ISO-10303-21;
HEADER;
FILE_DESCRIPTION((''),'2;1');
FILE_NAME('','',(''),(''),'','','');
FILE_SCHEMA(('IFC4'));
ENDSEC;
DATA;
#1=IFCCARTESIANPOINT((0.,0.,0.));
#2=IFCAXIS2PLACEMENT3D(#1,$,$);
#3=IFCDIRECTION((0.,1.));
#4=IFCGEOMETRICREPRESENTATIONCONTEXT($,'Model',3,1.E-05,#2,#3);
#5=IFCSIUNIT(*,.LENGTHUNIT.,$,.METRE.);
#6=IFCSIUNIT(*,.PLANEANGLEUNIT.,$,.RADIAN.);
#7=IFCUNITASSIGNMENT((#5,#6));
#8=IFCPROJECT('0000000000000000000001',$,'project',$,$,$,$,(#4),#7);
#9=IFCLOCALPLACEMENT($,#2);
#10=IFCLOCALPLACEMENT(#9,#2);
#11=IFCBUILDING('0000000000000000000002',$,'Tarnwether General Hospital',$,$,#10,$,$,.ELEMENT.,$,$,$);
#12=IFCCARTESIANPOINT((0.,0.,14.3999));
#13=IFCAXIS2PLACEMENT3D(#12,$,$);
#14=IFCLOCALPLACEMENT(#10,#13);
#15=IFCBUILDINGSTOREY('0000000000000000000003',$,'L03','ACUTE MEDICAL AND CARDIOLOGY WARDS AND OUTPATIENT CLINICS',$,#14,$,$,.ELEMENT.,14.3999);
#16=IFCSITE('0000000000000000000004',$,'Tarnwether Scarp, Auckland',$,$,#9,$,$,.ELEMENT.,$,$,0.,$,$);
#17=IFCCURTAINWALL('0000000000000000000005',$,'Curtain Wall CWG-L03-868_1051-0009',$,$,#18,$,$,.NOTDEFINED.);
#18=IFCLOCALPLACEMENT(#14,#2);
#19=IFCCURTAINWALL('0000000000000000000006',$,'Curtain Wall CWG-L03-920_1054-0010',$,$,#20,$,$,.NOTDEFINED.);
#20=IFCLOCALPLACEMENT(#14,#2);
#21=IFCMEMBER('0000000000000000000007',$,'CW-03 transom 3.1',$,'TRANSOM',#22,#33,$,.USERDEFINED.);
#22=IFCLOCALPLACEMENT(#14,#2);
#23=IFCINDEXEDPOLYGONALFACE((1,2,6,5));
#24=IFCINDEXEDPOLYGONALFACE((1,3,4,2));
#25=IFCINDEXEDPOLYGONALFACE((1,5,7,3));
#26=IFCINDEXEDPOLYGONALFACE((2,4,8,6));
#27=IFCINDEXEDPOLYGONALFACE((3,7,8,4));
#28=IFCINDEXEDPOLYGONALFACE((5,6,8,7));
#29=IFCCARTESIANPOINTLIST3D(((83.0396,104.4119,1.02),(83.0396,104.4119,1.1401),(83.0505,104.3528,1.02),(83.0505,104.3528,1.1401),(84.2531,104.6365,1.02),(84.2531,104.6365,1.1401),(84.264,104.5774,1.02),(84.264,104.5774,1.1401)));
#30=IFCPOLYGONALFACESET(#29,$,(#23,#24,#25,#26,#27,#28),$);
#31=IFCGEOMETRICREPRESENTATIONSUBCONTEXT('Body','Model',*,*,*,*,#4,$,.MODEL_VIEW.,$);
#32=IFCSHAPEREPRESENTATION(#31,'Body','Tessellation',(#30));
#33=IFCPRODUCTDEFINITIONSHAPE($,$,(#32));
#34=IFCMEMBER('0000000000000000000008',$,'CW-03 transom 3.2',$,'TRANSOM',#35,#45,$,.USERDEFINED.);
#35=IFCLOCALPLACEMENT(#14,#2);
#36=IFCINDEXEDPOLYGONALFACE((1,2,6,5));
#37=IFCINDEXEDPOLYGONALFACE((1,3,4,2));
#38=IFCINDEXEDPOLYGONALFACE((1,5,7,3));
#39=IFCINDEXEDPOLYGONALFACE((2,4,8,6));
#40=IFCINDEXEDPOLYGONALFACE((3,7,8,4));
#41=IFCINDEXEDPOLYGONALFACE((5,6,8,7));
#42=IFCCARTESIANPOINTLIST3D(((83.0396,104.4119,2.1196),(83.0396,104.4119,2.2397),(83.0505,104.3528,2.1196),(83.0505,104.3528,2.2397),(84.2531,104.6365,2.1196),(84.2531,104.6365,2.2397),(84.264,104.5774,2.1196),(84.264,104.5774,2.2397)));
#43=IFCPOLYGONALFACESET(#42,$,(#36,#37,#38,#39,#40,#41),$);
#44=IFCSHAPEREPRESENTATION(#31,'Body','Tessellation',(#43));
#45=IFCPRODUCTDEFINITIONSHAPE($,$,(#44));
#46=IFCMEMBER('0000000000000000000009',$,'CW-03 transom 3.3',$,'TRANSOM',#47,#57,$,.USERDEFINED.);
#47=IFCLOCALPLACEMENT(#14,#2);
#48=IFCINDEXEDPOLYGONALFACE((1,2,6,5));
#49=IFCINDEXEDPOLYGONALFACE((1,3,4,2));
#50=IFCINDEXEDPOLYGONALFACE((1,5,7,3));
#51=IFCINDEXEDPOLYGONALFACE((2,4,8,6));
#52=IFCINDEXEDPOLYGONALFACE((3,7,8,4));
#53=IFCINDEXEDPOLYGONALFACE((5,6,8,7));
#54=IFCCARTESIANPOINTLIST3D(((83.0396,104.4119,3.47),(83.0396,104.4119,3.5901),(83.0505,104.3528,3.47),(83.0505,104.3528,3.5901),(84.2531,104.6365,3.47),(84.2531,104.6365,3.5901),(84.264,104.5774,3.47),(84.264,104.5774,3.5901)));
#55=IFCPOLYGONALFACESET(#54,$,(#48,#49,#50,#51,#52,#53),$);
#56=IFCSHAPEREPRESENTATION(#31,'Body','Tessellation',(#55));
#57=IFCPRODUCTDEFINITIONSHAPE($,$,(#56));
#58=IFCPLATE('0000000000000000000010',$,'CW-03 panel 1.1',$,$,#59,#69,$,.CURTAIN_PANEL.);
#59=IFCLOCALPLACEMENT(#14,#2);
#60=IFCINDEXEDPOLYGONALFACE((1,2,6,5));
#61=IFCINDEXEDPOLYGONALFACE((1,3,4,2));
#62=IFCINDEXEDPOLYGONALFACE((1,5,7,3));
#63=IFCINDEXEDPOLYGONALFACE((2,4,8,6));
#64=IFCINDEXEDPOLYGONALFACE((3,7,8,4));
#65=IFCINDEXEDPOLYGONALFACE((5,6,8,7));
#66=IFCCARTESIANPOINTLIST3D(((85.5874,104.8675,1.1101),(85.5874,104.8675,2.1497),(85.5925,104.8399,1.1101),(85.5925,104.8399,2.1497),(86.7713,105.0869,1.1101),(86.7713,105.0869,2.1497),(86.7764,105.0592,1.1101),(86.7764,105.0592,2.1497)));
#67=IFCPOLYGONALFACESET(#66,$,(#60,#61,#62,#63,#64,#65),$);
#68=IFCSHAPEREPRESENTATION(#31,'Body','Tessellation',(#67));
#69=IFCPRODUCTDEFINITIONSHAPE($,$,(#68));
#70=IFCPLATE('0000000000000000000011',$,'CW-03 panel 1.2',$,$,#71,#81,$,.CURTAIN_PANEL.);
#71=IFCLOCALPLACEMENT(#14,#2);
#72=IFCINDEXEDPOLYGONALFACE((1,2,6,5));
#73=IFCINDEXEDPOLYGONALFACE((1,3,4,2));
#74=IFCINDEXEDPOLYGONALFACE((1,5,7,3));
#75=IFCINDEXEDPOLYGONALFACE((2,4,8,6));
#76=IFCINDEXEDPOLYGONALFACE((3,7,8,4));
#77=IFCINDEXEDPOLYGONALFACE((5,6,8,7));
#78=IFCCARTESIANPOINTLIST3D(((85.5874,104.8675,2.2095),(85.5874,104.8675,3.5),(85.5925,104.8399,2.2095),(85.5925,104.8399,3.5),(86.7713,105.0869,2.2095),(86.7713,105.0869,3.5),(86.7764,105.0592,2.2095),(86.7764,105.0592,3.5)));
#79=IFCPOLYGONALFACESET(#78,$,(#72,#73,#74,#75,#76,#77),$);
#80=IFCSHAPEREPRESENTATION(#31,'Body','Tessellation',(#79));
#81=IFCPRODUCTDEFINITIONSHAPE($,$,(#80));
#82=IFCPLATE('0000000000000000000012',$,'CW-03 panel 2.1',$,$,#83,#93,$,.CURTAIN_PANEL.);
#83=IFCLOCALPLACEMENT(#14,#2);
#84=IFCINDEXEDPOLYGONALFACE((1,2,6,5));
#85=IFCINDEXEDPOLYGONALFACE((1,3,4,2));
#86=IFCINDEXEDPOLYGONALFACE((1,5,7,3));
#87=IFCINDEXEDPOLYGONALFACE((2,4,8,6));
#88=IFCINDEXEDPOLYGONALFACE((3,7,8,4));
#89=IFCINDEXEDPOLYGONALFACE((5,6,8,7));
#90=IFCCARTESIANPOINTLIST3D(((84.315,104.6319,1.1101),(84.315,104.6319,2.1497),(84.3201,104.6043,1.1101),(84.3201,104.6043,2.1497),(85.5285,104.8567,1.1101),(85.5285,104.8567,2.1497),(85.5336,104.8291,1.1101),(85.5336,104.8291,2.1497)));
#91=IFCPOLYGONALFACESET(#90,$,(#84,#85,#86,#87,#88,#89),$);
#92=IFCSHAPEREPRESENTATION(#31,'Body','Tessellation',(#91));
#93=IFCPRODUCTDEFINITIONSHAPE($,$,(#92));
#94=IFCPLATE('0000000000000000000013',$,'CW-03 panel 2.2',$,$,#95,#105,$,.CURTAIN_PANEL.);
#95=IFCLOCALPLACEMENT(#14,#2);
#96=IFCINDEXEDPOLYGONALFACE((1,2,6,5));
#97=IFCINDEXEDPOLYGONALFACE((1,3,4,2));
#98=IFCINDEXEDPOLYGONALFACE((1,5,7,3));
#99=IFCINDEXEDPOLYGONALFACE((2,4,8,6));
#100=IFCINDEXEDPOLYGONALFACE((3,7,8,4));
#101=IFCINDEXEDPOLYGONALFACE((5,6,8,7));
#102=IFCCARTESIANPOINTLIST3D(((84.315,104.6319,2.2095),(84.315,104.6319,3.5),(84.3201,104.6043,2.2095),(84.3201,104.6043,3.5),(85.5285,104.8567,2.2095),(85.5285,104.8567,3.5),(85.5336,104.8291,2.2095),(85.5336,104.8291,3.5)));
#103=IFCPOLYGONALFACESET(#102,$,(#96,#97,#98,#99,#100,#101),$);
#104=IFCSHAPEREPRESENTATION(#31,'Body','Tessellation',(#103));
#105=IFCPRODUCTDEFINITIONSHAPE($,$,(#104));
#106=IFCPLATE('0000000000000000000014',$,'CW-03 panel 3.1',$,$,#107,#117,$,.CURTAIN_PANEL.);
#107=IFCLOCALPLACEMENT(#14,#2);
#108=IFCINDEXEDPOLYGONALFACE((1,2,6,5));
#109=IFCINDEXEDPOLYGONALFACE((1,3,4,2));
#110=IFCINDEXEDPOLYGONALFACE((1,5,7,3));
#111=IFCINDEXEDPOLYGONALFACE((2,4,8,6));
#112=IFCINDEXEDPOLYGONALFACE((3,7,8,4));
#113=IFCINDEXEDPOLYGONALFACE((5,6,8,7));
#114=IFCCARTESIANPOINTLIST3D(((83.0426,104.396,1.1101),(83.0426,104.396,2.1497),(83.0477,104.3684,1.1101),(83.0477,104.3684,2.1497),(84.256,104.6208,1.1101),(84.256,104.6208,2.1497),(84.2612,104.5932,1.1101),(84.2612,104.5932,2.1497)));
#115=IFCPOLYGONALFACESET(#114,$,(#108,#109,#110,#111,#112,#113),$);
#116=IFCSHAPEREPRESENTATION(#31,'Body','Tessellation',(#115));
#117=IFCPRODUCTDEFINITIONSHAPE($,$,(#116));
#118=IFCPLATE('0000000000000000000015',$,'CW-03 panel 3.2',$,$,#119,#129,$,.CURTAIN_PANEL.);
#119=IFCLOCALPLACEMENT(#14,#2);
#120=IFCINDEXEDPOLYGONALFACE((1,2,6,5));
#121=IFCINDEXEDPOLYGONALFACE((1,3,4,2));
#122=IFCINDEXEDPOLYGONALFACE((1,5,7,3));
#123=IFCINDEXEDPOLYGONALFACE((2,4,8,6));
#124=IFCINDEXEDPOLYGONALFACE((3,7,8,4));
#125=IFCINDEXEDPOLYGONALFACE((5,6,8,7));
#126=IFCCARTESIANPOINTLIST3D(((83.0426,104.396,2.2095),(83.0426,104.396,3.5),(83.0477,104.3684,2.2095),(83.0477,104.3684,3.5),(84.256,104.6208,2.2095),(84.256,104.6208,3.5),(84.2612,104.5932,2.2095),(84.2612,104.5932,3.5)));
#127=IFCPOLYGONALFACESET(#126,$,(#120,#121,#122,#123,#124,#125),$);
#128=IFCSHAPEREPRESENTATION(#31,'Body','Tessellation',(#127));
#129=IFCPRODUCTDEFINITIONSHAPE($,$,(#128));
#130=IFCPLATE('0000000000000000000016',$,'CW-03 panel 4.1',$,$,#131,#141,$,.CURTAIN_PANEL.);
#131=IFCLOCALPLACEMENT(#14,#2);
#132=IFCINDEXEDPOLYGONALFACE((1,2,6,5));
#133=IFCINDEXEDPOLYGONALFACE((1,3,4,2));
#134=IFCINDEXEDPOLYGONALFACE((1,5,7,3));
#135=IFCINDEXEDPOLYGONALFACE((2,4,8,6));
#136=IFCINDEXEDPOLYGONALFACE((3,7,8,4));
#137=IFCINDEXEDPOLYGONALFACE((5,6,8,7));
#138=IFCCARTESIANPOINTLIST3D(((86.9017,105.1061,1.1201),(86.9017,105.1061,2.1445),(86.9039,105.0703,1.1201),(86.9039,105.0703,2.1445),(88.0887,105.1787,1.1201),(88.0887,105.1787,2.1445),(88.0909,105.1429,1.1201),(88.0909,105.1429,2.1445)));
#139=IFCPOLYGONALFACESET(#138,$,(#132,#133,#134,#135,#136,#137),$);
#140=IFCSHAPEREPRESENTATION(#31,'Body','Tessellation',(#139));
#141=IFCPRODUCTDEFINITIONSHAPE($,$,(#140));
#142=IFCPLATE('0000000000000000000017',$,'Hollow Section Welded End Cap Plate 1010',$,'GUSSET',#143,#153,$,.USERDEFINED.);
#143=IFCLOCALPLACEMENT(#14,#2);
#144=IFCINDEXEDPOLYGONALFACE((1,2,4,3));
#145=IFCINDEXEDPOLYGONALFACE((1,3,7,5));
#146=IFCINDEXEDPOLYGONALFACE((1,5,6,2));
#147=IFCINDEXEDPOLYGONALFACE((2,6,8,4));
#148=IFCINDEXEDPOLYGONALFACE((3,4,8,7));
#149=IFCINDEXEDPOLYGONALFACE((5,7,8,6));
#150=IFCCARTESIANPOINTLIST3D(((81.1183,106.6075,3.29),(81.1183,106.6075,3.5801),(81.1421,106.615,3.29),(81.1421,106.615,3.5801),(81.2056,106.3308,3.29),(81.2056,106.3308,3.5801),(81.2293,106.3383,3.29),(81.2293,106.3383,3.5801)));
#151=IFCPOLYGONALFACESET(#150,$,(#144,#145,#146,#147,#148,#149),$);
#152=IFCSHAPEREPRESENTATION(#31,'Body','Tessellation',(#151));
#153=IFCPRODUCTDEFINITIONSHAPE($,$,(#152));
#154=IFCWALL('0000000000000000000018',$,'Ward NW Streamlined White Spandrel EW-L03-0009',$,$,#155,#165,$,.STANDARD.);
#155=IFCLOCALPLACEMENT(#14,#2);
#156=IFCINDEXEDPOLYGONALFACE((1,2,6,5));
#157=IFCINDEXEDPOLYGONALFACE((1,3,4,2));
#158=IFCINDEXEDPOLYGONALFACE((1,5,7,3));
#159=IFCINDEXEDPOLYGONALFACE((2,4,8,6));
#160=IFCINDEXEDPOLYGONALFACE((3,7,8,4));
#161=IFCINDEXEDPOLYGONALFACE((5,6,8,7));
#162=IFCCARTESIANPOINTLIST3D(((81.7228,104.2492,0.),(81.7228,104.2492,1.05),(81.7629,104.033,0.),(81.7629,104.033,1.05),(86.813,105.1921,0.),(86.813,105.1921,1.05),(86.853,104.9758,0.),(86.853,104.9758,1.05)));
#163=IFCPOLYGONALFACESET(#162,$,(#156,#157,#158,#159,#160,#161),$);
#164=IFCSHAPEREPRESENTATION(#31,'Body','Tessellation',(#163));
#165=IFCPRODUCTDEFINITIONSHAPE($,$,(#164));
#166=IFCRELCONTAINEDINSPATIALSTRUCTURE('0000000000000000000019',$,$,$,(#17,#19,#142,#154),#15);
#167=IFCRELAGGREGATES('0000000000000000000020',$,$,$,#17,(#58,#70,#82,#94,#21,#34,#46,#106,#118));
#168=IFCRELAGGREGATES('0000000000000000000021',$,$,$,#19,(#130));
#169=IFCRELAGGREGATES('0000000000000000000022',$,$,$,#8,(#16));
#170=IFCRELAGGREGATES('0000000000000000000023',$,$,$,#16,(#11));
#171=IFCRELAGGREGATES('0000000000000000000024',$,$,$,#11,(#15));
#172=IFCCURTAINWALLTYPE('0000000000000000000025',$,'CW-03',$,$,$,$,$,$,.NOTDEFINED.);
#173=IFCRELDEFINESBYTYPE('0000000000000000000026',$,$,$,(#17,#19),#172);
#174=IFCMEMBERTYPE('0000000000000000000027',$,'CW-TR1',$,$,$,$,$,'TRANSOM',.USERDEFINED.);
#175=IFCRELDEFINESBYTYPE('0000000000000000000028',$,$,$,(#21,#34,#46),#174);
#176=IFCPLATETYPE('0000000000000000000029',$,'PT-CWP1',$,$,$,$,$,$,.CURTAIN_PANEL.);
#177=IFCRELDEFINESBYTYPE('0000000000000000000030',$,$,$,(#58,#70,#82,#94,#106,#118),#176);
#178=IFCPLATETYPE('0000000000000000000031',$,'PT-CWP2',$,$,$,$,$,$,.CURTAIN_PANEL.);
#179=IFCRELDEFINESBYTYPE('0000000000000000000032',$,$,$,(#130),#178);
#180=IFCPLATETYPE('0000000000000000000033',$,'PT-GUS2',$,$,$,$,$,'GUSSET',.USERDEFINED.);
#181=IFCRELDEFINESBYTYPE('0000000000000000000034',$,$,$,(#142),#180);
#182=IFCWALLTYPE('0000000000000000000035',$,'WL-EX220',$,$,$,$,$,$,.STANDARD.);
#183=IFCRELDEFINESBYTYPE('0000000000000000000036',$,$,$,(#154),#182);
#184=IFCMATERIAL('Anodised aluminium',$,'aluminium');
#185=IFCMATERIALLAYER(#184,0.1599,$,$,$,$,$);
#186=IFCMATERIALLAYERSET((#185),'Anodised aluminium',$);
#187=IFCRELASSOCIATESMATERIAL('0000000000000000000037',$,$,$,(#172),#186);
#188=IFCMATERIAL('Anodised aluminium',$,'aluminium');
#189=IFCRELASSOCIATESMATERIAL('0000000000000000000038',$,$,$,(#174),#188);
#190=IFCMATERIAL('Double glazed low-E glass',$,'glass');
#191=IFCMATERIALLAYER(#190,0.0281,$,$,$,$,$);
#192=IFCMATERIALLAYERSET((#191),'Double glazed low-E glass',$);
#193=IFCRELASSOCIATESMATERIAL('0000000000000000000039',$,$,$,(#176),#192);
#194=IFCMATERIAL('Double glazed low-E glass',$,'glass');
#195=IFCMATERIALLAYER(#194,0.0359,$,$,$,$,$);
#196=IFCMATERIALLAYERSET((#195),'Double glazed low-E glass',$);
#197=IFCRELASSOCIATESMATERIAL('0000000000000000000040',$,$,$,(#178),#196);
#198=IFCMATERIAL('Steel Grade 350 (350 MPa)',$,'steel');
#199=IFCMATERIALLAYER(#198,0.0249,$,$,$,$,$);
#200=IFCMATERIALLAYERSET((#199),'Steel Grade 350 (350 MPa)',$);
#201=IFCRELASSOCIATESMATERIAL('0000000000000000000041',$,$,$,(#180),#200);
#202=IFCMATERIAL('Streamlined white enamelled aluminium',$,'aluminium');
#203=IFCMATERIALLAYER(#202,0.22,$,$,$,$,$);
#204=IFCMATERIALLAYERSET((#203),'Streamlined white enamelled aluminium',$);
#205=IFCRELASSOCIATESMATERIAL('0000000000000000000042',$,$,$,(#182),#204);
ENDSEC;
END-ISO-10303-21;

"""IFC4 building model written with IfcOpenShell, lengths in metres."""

from ifc_helpers import new_model, si_unit, direction, frame, frame_2d, origin, origin_2d, place, context, subcontext, project, spatial, rectangle, extrude, material, layer, layer_set, material_profile, profile_set, type_object, element, aggregate, save


model = new_model("IFC4")

# Units and contexts
model_context = context("Model", 3, precision=1e-05, world=origin(), true_north=direction((0.0, 1.0)))
body_context = subcontext(model_context, "Body", "Model", "MODEL_VIEW")
ifc_project = project(units=[si_unit("LENGTHUNIT", "METRE"), si_unit("PLANEANGLEUNIT", "RADIAN")], contexts=[model_context])

# Site, building, storey
site_placement = place(None, origin())
site = spatial("IfcSite", under=ifc_project, at=site_placement, Name="Tarnwether Scarp, Auckland", CompositionType="ELEMENT", RefElevation=0.0)
building_placement = place(site_placement, origin())
building = spatial("IfcBuilding", under=site, at=building_placement, Name="Tarnwether General Hospital", CompositionType="ELEMENT")
storey_placement = place(building_placement, frame((0.0, 0.0, 14.3999)))
storey = spatial("IfcBuildingStorey", under=building, at=storey_placement, Name="L03", Description="ACUTE MEDICAL AND CARDIOLOGY WARDS AND OUTPATIENT CLINICS", CompositionType="ELEMENT", Elevation=14.3999)

# Curtain wall
ifc_material_1 = material(Name="Anodised aluminium", Category="aluminium")
ifc_layer_1 = layer(ifc_material_1, 0.1599)
ifc_layer_set_1 = layer_set([ifc_layer_1], Name="Anodised aluminium")
curtain_wall_type = type_object("IfcCurtainWallType", Name="CW-03", PredefinedType="NOTDEFINED", material=ifc_layer_set_1)
curtain_wall_1_placement = place(storey_placement, origin())
curtain_wall_1 = element("IfcCurtainWall", 1, at=curtain_wall_1_placement, inside=storey, type_object=curtain_wall_type, Name="Curtain Wall CWG-L03-868_1051-0009", PredefinedType="NOTDEFINED")

# Curtain wall
curtain_wall_2_placement = place(storey_placement, origin())
curtain_wall_2 = element("IfcCurtainWall", 2, at=curtain_wall_2_placement, inside=storey, type_object=curtain_wall_type, Name="Curtain Wall CWG-L03-920_1054-0010", PredefinedType="NOTDEFINED")

# Members
ifc_material_2 = material(Name="Anodised aluminium", Category="aluminium")
ifc_material_profile_1 = material_profile(ifc_material_2, rectangle(XDim=0.0601, YDim=0.1201, at=origin_2d()), Name="ALU-TRN-60x120")
ifc_profile_set_1 = profile_set([ifc_material_profile_1], Name="Anodised aluminium")
member_type_1 = type_object("IfcMemberType", Name="CW-TR1", ElementType="TRANSOM", PredefinedType="USERDEFINED", material=ifc_profile_set_1)
member_1_placement = place(storey_placement, frame((84.2585, 104.6069, 1.0801), z_axis=(-0.983302, -0.181983, 0.0), x_axis=(0.181983, -0.983302, 0.0)))
member_1 = element("IfcMember", 3, at=member_1_placement, type_object=member_type_1, Name="CW-03 transom 3.1", ObjectType="TRANSOM", PredefinedType="USERDEFINED", context=body_context, shape_type="SweptSolid", body=[
    extrude(rectangle(XDim=0.0601, YDim=0.1201, at=origin_2d()), origin(), (0.0, 0.0, 1.0), 1.2341),
])
member_2_placement = place(storey_placement, frame((84.2585, 104.6069, 2.1797), z_axis=(-0.983302, -0.181983, 0.0), x_axis=(0.181983, -0.983302, 0.0)))
member_2 = element("IfcMember", 4, at=member_2_placement, type_object=member_type_1, Name="CW-03 transom 3.2", ObjectType="TRANSOM", PredefinedType="USERDEFINED", context=body_context, shape_type="SweptSolid", body=[
    extrude(rectangle(XDim=0.0601, YDim=0.1201, at=origin_2d()), origin(), (0.0, 0.0, 1.0), 1.2341),
])
member_3_placement = place(storey_placement, frame((84.2585, 104.6069, 3.53), z_axis=(-0.983302, -0.181983, 0.0), x_axis=(0.181983, -0.983302, 0.0)))
member_3 = element("IfcMember", 5, at=member_3_placement, type_object=member_type_1, Name="CW-03 transom 3.3", ObjectType="TRANSOM", PredefinedType="USERDEFINED", context=body_context, shape_type="SweptSolid", body=[
    extrude(rectangle(XDim=0.0601, YDim=0.1201, at=origin_2d()), origin(), (0.0, 0.0, 1.0), 1.2341),
])

# Plates
ifc_material_3 = material(Name="Double glazed low-E glass", Category="glass")
ifc_layer_2 = layer(ifc_material_3, 0.0281)
ifc_layer_set_2 = layer_set([ifc_layer_2], Name="Double glazed low-E glass")
plate_type_1 = type_object("IfcPlateType", Name="PT-CWP1", PredefinedType="CURTAIN_PANEL", material=ifc_layer_set_2)
plate_1_placement = place(storey_placement, frame((86.1819, 104.9634, 1.1101), z_axis=(0.0, 0.0, 1.0), x_axis=(-0.983268, -0.182165, 0.0)))
plate_1 = element("IfcPlate", 6, at=plate_1_placement, type_object=plate_type_1, Name="CW-03 panel 1.1", PredefinedType="CURTAIN_PANEL", context=body_context, shape_type="SweptSolid", body=[
    extrude(rectangle(XDim=1.2041, YDim=0.0281, at=origin_2d()), origin(), (0.0, 0.0, 1.0), 1.0396),
])
plate_2_placement = place(storey_placement, frame((86.1819, 104.9634, 2.2095), z_axis=(0.0, 0.0, 1.0), x_axis=(-0.983268, -0.182165, 0.0)))
plate_2 = element("IfcPlate", 7, at=plate_2_placement, type_object=plate_type_1, Name="CW-03 panel 1.2", PredefinedType="CURTAIN_PANEL", context=body_context, shape_type="SweptSolid", body=[
    extrude(rectangle(XDim=1.2041, YDim=0.0281, at=origin_2d()), origin(), (0.0, 0.0, 1.0), 1.2905),
])
plate_3_placement = place(storey_placement, frame((84.9243, 104.7305, 1.1101), z_axis=(0.0, 0.0, 1.0), x_axis=(-0.983268, -0.182165, 0.0)))
plate_3 = element("IfcPlate", 8, at=plate_3_placement, type_object=plate_type_1, Name="CW-03 panel 2.1", PredefinedType="CURTAIN_PANEL", context=body_context, shape_type="SweptSolid", body=[
    extrude(rectangle(XDim=1.2341, YDim=0.0281, at=origin_2d()), origin(), (0.0, 0.0, 1.0), 1.0396),
])
plate_4_placement = place(storey_placement, frame((84.9243, 104.7305, 2.2095), z_axis=(0.0, 0.0, 1.0), x_axis=(-0.983268, -0.182165, 0.0)))
plate_4 = element("IfcPlate", 9, at=plate_4_placement, type_object=plate_type_1, Name="CW-03 panel 2.2", PredefinedType="CURTAIN_PANEL", context=body_context, shape_type="SweptSolid", body=[
    extrude(rectangle(XDim=1.2341, YDim=0.0281, at=origin_2d()), origin(), (0.0, 0.0, 1.0), 1.2905),
])
plate_5_placement = place(storey_placement, frame((83.6519, 104.4946, 1.1101), z_axis=(0.0, 0.0, 1.0), x_axis=(-0.983268, -0.182165, 0.0)))
plate_5 = element("IfcPlate", 10, at=plate_5_placement, type_object=plate_type_1, Name="CW-03 panel 3.1", PredefinedType="CURTAIN_PANEL", context=body_context, shape_type="SweptSolid", body=[
    extrude(rectangle(XDim=1.2341, YDim=0.0281, at=origin_2d()), origin(), (0.0, 0.0, 1.0), 1.0396),
])
plate_6_placement = place(storey_placement, frame((83.6519, 104.4946, 2.2095), z_axis=(0.0, 0.0, 1.0), x_axis=(-0.983268, -0.182165, 0.0)))
plate_6 = element("IfcPlate", 11, at=plate_6_placement, type_object=plate_type_1, Name="CW-03 panel 3.2", PredefinedType="CURTAIN_PANEL", context=body_context, shape_type="SweptSolid", body=[
    extrude(rectangle(XDim=1.2341, YDim=0.0281, at=origin_2d()), origin(), (0.0, 0.0, 1.0), 1.2905),
])
aggregate(curtain_wall_1, [plate_1, plate_2, plate_3, plate_4, member_1, member_2, member_3, plate_5, plate_6])
ifc_material_4 = material(Name="Double glazed low-E glass", Category="glass")
ifc_layer_3 = layer(ifc_material_4, 0.0359)
ifc_layer_set_3 = layer_set([ifc_layer_3], Name="Double glazed low-E glass")
plate_type_2 = type_object("IfcPlateType", Name="PT-CWP2", PredefinedType="CURTAIN_PANEL", material=ifc_layer_set_3)
plate_7_placement = place(storey_placement, frame((87.4963, 105.1245, 1.1201), z_axis=(0.0, 0.0, 1.0), x_axis=(-0.998135, -0.061043, 0.0)))
plate_7 = element("IfcPlate", 12, at=plate_7_placement, type_object=plate_type_2, Name="CW-03 panel 4.1", PredefinedType="CURTAIN_PANEL", context=body_context, shape_type="SweptSolid", body=[
    extrude(rectangle(XDim=1.1892, YDim=0.0359, at=origin_2d()), origin(), (0.0, 0.0, 1.0), 1.0244),
])
aggregate(curtain_wall_2, [plate_7])
ifc_material_5 = material(Name="Steel Grade 350 (350 MPa)", Category="steel")
ifc_layer_4 = layer(ifc_material_5, 0.0249)
ifc_layer_set_4 = layer_set([ifc_layer_4], Name="Steel Grade 350 (350 MPa)")
plate_type_3 = type_object("IfcPlateType", Name="PT-GUS2", ElementType="GUSSET", PredefinedType="USERDEFINED", material=ifc_layer_set_4)
plate_8_placement = place(storey_placement, frame((81.1738, 106.4729, 3.29), z_axis=(0.0, 0.0, 1.0), x_axis=(0.953712, 0.300722, 0.0)))
element("IfcPlate", 13, at=plate_8_placement, inside=storey, type_object=plate_type_3, Name="Hollow Section Welded End Cap Plate 1010", ObjectType="GUSSET", PredefinedType="USERDEFINED", context=body_context, shape_type="SweptSolid", body=[
    extrude(rectangle(XDim=0.0249, YDim=0.29, at=origin_2d()), origin(), (0.0, 0.0, 1.0), 0.29),
])

# Wall
ifc_material_6 = material(Name="Streamlined white enamelled aluminium", Category="aluminium")
ifc_layer_5 = layer(ifc_material_6, 0.22)
ifc_layer_set_5 = layer_set([ifc_layer_5], Name="Streamlined white enamelled aluminium")
wall_type_1 = type_object("IfcWallType", Name="WL-EX220", PredefinedType="STANDARD", material=ifc_layer_set_5)
wall_1_placement = place(storey_placement, frame((86.833, 105.084, 0.0), z_axis=(0.0, 0.0, 1.0), x_axis=(-0.983273, -0.182138, 0.0)))
element("IfcWall", 14, at=wall_1_placement, inside=storey, type_object=wall_type_1, Name="Ward NW Streamlined White Spandrel EW-L03-0009", PredefinedType="STANDARD", context=body_context, shape_type="SweptSolid", body=[
    extrude(rectangle(XDim=5.1768, YDim=0.22, at=frame_2d((2.5884, 0.0))), origin(), (0.0, 0.0, 1.0), 1.05),
])

save(model, "model.ifc")
